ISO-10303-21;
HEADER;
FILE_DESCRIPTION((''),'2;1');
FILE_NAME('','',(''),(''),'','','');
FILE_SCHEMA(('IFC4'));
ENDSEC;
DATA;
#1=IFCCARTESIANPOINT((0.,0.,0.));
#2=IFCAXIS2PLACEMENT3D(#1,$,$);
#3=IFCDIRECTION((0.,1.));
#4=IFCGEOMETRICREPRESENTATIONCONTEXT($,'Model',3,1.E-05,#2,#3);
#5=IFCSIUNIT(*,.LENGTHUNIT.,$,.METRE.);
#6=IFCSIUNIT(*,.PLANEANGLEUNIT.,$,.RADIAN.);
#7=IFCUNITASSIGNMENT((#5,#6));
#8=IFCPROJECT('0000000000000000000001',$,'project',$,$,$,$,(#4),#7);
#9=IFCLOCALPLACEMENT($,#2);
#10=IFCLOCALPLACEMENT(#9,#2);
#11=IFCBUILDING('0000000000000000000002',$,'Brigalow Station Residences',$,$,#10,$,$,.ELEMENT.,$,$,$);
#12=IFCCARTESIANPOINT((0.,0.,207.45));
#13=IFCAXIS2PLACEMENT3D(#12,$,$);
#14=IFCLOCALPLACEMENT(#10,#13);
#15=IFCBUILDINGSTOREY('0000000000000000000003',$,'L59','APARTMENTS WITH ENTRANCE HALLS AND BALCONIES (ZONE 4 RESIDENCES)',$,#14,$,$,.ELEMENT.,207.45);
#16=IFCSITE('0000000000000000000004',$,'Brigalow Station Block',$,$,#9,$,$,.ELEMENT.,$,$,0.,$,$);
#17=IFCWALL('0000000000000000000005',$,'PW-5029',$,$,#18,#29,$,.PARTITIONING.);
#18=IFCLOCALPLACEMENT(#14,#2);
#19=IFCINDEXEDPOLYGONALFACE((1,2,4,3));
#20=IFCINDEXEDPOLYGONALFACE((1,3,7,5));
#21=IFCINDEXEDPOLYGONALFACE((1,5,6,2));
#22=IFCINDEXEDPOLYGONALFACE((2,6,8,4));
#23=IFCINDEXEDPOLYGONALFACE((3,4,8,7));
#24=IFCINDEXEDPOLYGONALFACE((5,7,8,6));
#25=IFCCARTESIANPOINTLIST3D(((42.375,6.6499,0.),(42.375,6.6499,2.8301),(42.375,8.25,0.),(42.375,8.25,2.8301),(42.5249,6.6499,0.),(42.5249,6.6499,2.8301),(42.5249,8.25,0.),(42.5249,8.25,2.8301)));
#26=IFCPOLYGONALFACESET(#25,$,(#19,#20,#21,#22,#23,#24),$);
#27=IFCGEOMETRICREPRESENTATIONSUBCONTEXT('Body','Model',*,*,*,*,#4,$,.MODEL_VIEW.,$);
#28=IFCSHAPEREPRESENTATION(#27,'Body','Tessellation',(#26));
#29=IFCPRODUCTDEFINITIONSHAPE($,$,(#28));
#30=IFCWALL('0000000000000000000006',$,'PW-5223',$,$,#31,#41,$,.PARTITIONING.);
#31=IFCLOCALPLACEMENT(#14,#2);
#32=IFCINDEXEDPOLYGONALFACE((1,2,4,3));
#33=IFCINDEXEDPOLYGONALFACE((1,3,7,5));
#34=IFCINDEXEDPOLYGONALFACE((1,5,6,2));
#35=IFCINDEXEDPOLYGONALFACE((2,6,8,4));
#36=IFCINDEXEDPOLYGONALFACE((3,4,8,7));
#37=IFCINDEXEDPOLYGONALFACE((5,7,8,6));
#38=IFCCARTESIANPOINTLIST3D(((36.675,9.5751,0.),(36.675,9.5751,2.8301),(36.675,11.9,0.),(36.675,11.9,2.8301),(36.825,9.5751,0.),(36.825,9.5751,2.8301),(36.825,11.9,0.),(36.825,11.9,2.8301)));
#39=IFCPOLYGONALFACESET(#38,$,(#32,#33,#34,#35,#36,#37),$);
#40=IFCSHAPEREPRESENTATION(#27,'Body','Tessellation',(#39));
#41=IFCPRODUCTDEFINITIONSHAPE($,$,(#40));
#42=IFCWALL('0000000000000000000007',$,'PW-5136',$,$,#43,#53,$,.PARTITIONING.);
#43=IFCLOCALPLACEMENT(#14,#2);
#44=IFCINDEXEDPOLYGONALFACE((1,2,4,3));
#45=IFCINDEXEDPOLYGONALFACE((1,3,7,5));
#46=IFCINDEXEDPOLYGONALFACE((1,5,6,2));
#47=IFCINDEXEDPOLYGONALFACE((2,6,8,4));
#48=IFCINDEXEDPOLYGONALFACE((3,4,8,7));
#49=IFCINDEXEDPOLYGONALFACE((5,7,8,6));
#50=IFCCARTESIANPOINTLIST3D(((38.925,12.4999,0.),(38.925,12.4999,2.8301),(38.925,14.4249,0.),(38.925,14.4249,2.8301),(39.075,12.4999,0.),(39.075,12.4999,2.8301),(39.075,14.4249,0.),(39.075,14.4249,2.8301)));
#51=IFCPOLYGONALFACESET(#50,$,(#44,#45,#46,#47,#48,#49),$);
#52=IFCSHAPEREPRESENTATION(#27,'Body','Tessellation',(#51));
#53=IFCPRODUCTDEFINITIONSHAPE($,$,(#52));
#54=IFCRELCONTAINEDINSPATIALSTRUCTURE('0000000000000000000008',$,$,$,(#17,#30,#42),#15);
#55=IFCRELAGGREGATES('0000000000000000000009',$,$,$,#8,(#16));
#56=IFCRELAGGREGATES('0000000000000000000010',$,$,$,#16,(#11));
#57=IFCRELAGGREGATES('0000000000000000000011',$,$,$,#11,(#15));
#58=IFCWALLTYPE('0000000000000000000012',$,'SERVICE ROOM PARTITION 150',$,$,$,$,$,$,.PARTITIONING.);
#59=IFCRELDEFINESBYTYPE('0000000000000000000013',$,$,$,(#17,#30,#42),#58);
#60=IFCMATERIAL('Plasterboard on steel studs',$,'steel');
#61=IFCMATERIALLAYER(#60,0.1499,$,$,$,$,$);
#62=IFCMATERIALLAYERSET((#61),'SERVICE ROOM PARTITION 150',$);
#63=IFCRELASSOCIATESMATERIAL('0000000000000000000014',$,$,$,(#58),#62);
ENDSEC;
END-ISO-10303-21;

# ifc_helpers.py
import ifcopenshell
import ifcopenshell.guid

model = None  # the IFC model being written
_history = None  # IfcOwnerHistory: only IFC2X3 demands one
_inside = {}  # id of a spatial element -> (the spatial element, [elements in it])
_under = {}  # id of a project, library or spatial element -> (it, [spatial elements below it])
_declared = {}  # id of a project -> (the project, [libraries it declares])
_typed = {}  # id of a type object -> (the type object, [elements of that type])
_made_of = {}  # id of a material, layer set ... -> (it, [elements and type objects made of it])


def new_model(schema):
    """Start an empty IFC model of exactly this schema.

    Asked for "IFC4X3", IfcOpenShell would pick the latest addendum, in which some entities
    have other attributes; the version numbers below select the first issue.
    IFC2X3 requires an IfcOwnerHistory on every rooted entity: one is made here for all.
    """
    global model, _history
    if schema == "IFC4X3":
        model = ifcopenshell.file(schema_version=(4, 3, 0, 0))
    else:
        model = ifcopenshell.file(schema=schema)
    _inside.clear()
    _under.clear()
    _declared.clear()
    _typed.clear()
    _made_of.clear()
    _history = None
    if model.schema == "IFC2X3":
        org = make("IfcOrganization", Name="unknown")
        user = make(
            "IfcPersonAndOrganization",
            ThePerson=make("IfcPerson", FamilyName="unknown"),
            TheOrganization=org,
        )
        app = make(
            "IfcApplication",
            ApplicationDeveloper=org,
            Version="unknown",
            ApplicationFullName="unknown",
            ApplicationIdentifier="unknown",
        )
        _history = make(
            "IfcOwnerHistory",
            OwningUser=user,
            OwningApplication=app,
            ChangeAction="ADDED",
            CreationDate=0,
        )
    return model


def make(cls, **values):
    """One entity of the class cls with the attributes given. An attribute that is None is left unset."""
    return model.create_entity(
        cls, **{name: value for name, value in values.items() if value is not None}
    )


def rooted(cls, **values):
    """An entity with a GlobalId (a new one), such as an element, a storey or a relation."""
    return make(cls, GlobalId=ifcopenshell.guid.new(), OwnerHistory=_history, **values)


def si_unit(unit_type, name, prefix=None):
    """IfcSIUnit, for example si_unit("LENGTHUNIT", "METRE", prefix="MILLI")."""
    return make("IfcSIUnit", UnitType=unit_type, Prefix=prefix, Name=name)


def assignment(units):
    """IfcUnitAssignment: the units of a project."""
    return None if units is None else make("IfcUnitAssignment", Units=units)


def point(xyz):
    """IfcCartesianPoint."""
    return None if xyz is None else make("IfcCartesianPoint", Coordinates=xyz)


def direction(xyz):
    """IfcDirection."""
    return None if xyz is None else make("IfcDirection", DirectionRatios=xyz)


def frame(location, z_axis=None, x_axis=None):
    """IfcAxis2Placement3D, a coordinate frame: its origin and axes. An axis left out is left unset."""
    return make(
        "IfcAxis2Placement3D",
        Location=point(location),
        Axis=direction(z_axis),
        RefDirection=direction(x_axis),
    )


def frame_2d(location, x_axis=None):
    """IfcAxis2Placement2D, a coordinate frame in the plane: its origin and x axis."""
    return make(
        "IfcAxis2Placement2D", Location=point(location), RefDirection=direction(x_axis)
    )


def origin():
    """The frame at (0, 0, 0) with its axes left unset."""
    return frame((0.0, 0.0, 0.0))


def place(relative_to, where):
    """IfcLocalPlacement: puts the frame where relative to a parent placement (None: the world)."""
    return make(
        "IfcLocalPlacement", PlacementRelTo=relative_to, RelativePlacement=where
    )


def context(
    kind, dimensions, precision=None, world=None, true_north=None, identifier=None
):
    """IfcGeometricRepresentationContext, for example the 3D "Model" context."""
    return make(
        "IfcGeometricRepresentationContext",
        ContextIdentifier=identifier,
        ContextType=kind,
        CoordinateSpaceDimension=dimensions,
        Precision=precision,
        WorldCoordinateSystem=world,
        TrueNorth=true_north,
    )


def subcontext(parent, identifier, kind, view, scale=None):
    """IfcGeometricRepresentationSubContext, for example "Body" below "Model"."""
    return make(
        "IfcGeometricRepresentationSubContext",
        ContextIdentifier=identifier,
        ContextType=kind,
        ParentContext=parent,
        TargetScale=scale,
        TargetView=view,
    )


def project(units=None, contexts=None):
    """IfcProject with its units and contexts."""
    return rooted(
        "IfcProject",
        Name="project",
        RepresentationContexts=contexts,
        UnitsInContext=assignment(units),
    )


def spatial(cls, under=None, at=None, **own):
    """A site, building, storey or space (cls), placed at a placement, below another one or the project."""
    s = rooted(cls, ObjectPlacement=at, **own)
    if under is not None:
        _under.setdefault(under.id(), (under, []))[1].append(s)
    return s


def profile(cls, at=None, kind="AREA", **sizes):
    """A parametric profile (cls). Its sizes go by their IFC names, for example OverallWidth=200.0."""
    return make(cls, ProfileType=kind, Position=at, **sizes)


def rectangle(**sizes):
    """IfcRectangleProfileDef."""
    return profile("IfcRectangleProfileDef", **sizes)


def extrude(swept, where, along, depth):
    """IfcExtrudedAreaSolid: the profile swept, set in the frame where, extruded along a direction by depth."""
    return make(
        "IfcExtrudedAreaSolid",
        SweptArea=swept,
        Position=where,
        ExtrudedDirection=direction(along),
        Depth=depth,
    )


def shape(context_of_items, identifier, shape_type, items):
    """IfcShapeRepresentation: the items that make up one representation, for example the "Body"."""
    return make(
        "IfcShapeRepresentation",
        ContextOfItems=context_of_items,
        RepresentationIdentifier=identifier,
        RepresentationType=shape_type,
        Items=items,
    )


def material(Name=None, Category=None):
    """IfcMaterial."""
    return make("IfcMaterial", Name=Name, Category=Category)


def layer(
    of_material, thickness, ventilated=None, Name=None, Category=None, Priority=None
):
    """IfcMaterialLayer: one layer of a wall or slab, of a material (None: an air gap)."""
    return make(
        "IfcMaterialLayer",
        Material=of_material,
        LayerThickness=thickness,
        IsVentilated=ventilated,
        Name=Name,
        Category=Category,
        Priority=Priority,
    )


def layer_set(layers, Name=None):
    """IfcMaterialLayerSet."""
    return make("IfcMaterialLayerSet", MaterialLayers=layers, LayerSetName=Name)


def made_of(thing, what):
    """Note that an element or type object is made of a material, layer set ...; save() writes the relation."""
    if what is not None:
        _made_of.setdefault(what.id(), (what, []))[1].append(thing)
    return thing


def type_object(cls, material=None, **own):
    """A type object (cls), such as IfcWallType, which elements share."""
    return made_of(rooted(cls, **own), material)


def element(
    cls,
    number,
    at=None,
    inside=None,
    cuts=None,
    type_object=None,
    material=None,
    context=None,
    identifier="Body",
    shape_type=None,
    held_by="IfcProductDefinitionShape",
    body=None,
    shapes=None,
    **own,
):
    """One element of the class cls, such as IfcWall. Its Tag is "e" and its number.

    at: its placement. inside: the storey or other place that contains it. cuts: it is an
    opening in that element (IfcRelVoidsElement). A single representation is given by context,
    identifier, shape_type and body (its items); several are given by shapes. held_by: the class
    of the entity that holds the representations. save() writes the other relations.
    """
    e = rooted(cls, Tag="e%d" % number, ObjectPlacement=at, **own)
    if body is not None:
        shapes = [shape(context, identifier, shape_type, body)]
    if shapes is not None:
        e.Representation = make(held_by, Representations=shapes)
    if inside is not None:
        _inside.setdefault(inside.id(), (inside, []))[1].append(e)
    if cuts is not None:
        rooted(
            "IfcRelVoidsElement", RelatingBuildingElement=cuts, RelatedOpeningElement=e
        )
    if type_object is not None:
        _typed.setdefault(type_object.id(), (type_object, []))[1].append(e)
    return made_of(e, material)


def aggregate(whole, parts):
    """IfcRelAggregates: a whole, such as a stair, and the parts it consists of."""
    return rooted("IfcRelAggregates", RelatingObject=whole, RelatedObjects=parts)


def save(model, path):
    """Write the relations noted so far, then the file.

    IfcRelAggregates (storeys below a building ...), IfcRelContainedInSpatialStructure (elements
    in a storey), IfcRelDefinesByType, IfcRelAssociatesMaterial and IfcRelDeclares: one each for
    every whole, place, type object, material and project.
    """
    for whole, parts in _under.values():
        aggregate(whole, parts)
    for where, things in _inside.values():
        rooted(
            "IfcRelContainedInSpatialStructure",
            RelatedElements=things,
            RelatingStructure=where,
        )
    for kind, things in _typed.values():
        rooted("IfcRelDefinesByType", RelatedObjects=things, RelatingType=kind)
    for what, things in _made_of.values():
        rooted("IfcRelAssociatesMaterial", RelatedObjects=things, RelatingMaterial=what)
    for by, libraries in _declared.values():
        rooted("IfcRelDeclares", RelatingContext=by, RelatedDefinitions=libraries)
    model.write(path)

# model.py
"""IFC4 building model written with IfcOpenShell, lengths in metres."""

from ifc_helpers import new_model, si_unit, direction, frame, frame_2d, origin, place, context, subcontext, project, spatial, rectangle, extrude, material, layer, layer_set, type_object, element, save


model = new_model("IFC4")

# Units and contexts
model_context = context("Model", 3, precision=1e-05, world=origin(), true_north=direction((0.0, 1.0)))
body_context = subcontext(model_context, "Body", "Model", "MODEL_VIEW")
ifc_project = project(units=[si_unit("LENGTHUNIT", "METRE"), si_unit("PLANEANGLEUNIT", "RADIAN")], contexts=[model_context])

# Site, building, storey
site_placement = place(None, origin())
site = spatial("IfcSite", under=ifc_project, at=site_placement, Name="Brigalow Station Block", CompositionType="ELEMENT", RefElevation=0.0)
building_placement = place(site_placement, origin())
building = spatial("IfcBuilding", under=site, at=building_placement, Name="Brigalow Station Residences", CompositionType="ELEMENT")
storey_placement = place(building_placement, frame((0.0, 0.0, 207.45)))
storey = spatial("IfcBuildingStorey", under=building, at=storey_placement, Name="L59", Description="APARTMENTS WITH ENTRANCE HALLS AND BALCONIES (ZONE 4 RESIDENCES)", CompositionType="ELEMENT", Elevation=207.45)

# Shared definitions
ifc_material_1 = material(Name="Plasterboard on steel studs", Category="steel")
ifc_layer_1 = layer(ifc_material_1, 0.1499)
ifc_layer_set_1 = layer_set([ifc_layer_1], Name="SERVICE ROOM PARTITION 150")
wall_type_1 = type_object("IfcWallType", Name="SERVICE ROOM PARTITION 150", PredefinedType="PARTITIONING", material=ifc_layer_set_1)

# Walls
wall_1_placement = place(storey_placement, frame((42.45, 6.6499, 0.0), z_axis=(0.0, 0.0, 1.0), x_axis=(0.0, 1.0, 0.0)))
element("IfcWall", 1, at=wall_1_placement, inside=storey, type_object=wall_type_1, Name="PW-5029", PredefinedType="PARTITIONING", context=body_context, shape_type="SweptSolid", body=[
    extrude(rectangle(XDim=1.6001, YDim=0.1499, at=frame_2d((0.8, 0.0))), origin(), (0.0, 0.0, 1.0), 2.8301),
])
wall_2_placement = place(storey_placement, frame((36.75, 9.575, 0.0), z_axis=(0.0, 0.0, 1.0), x_axis=(0.0, 1.0, 0.0)))
element("IfcWall", 2, at=wall_2_placement, inside=storey, type_object=wall_type_1, Name="PW-5223", PredefinedType="PARTITIONING", context=body_context, shape_type="SweptSolid", body=[
    extrude(rectangle(XDim=2.325, YDim=0.1499, at=frame_2d((1.1626, 0.0))), origin(), (0.0, 0.0, 1.0), 2.8301),
])
wall_3_placement = place(storey_placement, frame((39.0, 12.5, 0.0), z_axis=(0.0, 0.0, 1.0), x_axis=(0.0, 1.0, 0.0)))
element("IfcWall", 3, at=wall_3_placement, inside=storey, type_object=wall_type_1, Name="PW-5136", PredefinedType="PARTITIONING", context=body_context, shape_type="SweptSolid", body=[
    extrude(rectangle(XDim=1.925, YDim=0.1499, at=frame_2d((0.9624, 0.0))), origin(), (0.0, 0.0, 1.0), 2.8301),
])

save(model, "model.ifc")
